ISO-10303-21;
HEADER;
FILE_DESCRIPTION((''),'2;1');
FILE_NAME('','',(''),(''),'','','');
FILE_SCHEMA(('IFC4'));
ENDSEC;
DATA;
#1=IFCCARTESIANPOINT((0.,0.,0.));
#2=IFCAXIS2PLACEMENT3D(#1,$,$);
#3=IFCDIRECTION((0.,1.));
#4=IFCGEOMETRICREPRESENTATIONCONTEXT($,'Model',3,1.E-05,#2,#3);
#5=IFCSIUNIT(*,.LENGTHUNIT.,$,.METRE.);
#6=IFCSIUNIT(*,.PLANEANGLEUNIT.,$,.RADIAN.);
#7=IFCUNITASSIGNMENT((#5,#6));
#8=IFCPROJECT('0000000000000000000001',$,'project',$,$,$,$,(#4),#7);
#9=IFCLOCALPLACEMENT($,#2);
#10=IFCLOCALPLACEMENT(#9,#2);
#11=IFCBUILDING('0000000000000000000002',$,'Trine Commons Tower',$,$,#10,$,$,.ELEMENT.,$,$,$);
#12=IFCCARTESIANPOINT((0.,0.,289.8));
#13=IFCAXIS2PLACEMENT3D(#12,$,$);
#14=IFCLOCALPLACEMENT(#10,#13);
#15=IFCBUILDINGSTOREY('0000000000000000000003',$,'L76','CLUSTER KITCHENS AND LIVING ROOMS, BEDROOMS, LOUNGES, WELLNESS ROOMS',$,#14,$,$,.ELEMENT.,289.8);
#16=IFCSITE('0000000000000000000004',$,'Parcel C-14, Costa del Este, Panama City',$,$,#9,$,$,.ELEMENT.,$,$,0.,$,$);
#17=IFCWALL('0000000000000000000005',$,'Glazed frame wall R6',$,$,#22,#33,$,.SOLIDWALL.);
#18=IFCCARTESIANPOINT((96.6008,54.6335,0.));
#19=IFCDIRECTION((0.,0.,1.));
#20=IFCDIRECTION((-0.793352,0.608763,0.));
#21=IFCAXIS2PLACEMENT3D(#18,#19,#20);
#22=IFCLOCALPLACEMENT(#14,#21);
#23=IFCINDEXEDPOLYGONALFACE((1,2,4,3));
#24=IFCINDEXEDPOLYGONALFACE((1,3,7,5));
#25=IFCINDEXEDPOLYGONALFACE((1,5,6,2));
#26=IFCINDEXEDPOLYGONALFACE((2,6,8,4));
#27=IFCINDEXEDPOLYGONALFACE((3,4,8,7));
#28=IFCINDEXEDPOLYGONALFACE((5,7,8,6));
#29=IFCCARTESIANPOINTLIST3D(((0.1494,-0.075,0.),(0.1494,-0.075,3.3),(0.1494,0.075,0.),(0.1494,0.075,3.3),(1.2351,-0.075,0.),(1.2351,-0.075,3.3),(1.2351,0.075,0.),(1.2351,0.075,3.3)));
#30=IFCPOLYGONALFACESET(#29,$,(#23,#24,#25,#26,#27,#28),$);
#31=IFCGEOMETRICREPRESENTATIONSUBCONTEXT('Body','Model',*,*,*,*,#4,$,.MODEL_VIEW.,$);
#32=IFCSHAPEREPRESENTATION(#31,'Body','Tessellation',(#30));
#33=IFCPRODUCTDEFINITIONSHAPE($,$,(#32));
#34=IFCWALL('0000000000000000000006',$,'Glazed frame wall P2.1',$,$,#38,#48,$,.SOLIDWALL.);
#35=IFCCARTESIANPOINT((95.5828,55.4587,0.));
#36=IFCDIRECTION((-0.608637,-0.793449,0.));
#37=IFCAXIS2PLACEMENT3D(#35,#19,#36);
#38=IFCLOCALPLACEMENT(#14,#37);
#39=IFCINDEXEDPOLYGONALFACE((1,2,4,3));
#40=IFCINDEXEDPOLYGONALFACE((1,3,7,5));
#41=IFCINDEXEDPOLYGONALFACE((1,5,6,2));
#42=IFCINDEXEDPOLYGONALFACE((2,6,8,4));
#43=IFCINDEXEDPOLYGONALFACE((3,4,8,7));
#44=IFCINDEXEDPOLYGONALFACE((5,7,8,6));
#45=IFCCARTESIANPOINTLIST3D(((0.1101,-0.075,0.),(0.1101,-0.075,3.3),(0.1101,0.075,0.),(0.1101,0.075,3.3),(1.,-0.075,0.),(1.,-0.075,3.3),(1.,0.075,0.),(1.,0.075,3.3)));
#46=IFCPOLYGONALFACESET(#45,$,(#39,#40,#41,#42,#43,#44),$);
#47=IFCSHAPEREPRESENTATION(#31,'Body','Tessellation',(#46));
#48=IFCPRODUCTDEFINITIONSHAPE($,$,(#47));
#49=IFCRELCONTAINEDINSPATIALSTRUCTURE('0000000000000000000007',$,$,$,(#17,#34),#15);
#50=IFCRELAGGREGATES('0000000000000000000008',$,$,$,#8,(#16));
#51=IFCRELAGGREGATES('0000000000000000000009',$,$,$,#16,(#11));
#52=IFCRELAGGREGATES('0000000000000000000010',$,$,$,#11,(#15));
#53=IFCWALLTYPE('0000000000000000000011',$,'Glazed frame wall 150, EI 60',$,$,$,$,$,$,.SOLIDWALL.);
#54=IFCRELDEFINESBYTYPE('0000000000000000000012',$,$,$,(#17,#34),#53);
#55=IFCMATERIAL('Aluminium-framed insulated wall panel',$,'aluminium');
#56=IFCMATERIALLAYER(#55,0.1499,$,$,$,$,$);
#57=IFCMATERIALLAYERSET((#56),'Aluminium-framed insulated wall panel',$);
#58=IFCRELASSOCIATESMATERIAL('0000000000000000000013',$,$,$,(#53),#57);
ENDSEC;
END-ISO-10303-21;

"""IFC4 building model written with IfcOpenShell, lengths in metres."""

from ifc_helpers import new_model, si_unit, direction, frame, origin, place, context, subcontext, project, spatial, polyline, outline, extrude, material, layer, layer_set, type_object, element, save


model = new_model("IFC4")

# Units and contexts
model_context = context("Model", 3, precision=1e-05, world=origin(), true_north=direction((0.0, 1.0)))
body_context = subcontext(model_context, "Body", "Model", "MODEL_VIEW")
ifc_project = project(units=[si_unit("LENGTHUNIT", "METRE"), si_unit("PLANEANGLEUNIT", "RADIAN")], contexts=[model_context])

# Site, building, storey
site_placement = place(None, origin())
site = spatial("IfcSite", under=ifc_project, at=site_placement, Name="Parcel C-14, Costa del Este, Panama City", CompositionType="ELEMENT", RefElevation=0.0)
building_placement = place(site_placement, origin())
building = spatial("IfcBuilding", under=site, at=building_placement, Name="Trine Commons Tower", CompositionType="ELEMENT")
storey_placement = place(building_placement, frame((0.0, 0.0, 289.8)))
storey = spatial("IfcBuildingStorey", under=building, at=storey_placement, Name="L76", Description="CLUSTER KITCHENS AND LIVING ROOMS, BEDROOMS, LOUNGES, WELLNESS ROOMS", CompositionType="ELEMENT", Elevation=289.8)

# Walls
ifc_material_1 = material(Name="Aluminium-framed insulated wall panel", Category="aluminium")
ifc_layer_1 = layer(ifc_material_1, 0.1499)
ifc_layer_set_1 = layer_set([ifc_layer_1], Name="Aluminium-framed insulated wall panel")
wall_type_1 = type_object("IfcWallType", Name="Glazed frame wall 150, EI 60", PredefinedType="SOLIDWALL", material=ifc_layer_set_1)
wall_1_placement = place(storey_placement, frame((96.6008, 54.6335, 0.0), z_axis=(0.0, 0.0, 1.0), x_axis=(-0.793352, 0.608763, 0.0)))
element("IfcWall", 1, at=wall_1_placement, inside=storey, type_object=wall_type_1, Name="Glazed frame wall R6", PredefinedType="SOLIDWALL", context=body_context, shape_type="SweptSolid", body=[
    extrude(outline(polyline([(0.1494, 0.075), (0.1494, -0.075), (1.2351, -0.075), (1.2351, 0.075), (0.1494, 0.075)])), origin(), (0.0, 0.0, 1.0), 3.3),
])
wall_2_placement = place(storey_placement, frame((95.5828, 55.4587, 0.0), z_axis=(0.0, 0.0, 1.0), x_axis=(-0.608637, -0.793449, 0.0)))
element("IfcWall", 2, at=wall_2_placement, inside=storey, type_object=wall_type_1, Name="Glazed frame wall P2.1", PredefinedType="SOLIDWALL", context=body_context, shape_type="SweptSolid", body=[
    extrude(outline(polyline([(0.1101, -0.075), (1.0, -0.075), (1.0, 0.075), (0.1101, 0.075), (0.1101, -0.075)])), origin(), (0.0, 0.0, 1.0), 3.3),
])

save(model, "model.ifc")
